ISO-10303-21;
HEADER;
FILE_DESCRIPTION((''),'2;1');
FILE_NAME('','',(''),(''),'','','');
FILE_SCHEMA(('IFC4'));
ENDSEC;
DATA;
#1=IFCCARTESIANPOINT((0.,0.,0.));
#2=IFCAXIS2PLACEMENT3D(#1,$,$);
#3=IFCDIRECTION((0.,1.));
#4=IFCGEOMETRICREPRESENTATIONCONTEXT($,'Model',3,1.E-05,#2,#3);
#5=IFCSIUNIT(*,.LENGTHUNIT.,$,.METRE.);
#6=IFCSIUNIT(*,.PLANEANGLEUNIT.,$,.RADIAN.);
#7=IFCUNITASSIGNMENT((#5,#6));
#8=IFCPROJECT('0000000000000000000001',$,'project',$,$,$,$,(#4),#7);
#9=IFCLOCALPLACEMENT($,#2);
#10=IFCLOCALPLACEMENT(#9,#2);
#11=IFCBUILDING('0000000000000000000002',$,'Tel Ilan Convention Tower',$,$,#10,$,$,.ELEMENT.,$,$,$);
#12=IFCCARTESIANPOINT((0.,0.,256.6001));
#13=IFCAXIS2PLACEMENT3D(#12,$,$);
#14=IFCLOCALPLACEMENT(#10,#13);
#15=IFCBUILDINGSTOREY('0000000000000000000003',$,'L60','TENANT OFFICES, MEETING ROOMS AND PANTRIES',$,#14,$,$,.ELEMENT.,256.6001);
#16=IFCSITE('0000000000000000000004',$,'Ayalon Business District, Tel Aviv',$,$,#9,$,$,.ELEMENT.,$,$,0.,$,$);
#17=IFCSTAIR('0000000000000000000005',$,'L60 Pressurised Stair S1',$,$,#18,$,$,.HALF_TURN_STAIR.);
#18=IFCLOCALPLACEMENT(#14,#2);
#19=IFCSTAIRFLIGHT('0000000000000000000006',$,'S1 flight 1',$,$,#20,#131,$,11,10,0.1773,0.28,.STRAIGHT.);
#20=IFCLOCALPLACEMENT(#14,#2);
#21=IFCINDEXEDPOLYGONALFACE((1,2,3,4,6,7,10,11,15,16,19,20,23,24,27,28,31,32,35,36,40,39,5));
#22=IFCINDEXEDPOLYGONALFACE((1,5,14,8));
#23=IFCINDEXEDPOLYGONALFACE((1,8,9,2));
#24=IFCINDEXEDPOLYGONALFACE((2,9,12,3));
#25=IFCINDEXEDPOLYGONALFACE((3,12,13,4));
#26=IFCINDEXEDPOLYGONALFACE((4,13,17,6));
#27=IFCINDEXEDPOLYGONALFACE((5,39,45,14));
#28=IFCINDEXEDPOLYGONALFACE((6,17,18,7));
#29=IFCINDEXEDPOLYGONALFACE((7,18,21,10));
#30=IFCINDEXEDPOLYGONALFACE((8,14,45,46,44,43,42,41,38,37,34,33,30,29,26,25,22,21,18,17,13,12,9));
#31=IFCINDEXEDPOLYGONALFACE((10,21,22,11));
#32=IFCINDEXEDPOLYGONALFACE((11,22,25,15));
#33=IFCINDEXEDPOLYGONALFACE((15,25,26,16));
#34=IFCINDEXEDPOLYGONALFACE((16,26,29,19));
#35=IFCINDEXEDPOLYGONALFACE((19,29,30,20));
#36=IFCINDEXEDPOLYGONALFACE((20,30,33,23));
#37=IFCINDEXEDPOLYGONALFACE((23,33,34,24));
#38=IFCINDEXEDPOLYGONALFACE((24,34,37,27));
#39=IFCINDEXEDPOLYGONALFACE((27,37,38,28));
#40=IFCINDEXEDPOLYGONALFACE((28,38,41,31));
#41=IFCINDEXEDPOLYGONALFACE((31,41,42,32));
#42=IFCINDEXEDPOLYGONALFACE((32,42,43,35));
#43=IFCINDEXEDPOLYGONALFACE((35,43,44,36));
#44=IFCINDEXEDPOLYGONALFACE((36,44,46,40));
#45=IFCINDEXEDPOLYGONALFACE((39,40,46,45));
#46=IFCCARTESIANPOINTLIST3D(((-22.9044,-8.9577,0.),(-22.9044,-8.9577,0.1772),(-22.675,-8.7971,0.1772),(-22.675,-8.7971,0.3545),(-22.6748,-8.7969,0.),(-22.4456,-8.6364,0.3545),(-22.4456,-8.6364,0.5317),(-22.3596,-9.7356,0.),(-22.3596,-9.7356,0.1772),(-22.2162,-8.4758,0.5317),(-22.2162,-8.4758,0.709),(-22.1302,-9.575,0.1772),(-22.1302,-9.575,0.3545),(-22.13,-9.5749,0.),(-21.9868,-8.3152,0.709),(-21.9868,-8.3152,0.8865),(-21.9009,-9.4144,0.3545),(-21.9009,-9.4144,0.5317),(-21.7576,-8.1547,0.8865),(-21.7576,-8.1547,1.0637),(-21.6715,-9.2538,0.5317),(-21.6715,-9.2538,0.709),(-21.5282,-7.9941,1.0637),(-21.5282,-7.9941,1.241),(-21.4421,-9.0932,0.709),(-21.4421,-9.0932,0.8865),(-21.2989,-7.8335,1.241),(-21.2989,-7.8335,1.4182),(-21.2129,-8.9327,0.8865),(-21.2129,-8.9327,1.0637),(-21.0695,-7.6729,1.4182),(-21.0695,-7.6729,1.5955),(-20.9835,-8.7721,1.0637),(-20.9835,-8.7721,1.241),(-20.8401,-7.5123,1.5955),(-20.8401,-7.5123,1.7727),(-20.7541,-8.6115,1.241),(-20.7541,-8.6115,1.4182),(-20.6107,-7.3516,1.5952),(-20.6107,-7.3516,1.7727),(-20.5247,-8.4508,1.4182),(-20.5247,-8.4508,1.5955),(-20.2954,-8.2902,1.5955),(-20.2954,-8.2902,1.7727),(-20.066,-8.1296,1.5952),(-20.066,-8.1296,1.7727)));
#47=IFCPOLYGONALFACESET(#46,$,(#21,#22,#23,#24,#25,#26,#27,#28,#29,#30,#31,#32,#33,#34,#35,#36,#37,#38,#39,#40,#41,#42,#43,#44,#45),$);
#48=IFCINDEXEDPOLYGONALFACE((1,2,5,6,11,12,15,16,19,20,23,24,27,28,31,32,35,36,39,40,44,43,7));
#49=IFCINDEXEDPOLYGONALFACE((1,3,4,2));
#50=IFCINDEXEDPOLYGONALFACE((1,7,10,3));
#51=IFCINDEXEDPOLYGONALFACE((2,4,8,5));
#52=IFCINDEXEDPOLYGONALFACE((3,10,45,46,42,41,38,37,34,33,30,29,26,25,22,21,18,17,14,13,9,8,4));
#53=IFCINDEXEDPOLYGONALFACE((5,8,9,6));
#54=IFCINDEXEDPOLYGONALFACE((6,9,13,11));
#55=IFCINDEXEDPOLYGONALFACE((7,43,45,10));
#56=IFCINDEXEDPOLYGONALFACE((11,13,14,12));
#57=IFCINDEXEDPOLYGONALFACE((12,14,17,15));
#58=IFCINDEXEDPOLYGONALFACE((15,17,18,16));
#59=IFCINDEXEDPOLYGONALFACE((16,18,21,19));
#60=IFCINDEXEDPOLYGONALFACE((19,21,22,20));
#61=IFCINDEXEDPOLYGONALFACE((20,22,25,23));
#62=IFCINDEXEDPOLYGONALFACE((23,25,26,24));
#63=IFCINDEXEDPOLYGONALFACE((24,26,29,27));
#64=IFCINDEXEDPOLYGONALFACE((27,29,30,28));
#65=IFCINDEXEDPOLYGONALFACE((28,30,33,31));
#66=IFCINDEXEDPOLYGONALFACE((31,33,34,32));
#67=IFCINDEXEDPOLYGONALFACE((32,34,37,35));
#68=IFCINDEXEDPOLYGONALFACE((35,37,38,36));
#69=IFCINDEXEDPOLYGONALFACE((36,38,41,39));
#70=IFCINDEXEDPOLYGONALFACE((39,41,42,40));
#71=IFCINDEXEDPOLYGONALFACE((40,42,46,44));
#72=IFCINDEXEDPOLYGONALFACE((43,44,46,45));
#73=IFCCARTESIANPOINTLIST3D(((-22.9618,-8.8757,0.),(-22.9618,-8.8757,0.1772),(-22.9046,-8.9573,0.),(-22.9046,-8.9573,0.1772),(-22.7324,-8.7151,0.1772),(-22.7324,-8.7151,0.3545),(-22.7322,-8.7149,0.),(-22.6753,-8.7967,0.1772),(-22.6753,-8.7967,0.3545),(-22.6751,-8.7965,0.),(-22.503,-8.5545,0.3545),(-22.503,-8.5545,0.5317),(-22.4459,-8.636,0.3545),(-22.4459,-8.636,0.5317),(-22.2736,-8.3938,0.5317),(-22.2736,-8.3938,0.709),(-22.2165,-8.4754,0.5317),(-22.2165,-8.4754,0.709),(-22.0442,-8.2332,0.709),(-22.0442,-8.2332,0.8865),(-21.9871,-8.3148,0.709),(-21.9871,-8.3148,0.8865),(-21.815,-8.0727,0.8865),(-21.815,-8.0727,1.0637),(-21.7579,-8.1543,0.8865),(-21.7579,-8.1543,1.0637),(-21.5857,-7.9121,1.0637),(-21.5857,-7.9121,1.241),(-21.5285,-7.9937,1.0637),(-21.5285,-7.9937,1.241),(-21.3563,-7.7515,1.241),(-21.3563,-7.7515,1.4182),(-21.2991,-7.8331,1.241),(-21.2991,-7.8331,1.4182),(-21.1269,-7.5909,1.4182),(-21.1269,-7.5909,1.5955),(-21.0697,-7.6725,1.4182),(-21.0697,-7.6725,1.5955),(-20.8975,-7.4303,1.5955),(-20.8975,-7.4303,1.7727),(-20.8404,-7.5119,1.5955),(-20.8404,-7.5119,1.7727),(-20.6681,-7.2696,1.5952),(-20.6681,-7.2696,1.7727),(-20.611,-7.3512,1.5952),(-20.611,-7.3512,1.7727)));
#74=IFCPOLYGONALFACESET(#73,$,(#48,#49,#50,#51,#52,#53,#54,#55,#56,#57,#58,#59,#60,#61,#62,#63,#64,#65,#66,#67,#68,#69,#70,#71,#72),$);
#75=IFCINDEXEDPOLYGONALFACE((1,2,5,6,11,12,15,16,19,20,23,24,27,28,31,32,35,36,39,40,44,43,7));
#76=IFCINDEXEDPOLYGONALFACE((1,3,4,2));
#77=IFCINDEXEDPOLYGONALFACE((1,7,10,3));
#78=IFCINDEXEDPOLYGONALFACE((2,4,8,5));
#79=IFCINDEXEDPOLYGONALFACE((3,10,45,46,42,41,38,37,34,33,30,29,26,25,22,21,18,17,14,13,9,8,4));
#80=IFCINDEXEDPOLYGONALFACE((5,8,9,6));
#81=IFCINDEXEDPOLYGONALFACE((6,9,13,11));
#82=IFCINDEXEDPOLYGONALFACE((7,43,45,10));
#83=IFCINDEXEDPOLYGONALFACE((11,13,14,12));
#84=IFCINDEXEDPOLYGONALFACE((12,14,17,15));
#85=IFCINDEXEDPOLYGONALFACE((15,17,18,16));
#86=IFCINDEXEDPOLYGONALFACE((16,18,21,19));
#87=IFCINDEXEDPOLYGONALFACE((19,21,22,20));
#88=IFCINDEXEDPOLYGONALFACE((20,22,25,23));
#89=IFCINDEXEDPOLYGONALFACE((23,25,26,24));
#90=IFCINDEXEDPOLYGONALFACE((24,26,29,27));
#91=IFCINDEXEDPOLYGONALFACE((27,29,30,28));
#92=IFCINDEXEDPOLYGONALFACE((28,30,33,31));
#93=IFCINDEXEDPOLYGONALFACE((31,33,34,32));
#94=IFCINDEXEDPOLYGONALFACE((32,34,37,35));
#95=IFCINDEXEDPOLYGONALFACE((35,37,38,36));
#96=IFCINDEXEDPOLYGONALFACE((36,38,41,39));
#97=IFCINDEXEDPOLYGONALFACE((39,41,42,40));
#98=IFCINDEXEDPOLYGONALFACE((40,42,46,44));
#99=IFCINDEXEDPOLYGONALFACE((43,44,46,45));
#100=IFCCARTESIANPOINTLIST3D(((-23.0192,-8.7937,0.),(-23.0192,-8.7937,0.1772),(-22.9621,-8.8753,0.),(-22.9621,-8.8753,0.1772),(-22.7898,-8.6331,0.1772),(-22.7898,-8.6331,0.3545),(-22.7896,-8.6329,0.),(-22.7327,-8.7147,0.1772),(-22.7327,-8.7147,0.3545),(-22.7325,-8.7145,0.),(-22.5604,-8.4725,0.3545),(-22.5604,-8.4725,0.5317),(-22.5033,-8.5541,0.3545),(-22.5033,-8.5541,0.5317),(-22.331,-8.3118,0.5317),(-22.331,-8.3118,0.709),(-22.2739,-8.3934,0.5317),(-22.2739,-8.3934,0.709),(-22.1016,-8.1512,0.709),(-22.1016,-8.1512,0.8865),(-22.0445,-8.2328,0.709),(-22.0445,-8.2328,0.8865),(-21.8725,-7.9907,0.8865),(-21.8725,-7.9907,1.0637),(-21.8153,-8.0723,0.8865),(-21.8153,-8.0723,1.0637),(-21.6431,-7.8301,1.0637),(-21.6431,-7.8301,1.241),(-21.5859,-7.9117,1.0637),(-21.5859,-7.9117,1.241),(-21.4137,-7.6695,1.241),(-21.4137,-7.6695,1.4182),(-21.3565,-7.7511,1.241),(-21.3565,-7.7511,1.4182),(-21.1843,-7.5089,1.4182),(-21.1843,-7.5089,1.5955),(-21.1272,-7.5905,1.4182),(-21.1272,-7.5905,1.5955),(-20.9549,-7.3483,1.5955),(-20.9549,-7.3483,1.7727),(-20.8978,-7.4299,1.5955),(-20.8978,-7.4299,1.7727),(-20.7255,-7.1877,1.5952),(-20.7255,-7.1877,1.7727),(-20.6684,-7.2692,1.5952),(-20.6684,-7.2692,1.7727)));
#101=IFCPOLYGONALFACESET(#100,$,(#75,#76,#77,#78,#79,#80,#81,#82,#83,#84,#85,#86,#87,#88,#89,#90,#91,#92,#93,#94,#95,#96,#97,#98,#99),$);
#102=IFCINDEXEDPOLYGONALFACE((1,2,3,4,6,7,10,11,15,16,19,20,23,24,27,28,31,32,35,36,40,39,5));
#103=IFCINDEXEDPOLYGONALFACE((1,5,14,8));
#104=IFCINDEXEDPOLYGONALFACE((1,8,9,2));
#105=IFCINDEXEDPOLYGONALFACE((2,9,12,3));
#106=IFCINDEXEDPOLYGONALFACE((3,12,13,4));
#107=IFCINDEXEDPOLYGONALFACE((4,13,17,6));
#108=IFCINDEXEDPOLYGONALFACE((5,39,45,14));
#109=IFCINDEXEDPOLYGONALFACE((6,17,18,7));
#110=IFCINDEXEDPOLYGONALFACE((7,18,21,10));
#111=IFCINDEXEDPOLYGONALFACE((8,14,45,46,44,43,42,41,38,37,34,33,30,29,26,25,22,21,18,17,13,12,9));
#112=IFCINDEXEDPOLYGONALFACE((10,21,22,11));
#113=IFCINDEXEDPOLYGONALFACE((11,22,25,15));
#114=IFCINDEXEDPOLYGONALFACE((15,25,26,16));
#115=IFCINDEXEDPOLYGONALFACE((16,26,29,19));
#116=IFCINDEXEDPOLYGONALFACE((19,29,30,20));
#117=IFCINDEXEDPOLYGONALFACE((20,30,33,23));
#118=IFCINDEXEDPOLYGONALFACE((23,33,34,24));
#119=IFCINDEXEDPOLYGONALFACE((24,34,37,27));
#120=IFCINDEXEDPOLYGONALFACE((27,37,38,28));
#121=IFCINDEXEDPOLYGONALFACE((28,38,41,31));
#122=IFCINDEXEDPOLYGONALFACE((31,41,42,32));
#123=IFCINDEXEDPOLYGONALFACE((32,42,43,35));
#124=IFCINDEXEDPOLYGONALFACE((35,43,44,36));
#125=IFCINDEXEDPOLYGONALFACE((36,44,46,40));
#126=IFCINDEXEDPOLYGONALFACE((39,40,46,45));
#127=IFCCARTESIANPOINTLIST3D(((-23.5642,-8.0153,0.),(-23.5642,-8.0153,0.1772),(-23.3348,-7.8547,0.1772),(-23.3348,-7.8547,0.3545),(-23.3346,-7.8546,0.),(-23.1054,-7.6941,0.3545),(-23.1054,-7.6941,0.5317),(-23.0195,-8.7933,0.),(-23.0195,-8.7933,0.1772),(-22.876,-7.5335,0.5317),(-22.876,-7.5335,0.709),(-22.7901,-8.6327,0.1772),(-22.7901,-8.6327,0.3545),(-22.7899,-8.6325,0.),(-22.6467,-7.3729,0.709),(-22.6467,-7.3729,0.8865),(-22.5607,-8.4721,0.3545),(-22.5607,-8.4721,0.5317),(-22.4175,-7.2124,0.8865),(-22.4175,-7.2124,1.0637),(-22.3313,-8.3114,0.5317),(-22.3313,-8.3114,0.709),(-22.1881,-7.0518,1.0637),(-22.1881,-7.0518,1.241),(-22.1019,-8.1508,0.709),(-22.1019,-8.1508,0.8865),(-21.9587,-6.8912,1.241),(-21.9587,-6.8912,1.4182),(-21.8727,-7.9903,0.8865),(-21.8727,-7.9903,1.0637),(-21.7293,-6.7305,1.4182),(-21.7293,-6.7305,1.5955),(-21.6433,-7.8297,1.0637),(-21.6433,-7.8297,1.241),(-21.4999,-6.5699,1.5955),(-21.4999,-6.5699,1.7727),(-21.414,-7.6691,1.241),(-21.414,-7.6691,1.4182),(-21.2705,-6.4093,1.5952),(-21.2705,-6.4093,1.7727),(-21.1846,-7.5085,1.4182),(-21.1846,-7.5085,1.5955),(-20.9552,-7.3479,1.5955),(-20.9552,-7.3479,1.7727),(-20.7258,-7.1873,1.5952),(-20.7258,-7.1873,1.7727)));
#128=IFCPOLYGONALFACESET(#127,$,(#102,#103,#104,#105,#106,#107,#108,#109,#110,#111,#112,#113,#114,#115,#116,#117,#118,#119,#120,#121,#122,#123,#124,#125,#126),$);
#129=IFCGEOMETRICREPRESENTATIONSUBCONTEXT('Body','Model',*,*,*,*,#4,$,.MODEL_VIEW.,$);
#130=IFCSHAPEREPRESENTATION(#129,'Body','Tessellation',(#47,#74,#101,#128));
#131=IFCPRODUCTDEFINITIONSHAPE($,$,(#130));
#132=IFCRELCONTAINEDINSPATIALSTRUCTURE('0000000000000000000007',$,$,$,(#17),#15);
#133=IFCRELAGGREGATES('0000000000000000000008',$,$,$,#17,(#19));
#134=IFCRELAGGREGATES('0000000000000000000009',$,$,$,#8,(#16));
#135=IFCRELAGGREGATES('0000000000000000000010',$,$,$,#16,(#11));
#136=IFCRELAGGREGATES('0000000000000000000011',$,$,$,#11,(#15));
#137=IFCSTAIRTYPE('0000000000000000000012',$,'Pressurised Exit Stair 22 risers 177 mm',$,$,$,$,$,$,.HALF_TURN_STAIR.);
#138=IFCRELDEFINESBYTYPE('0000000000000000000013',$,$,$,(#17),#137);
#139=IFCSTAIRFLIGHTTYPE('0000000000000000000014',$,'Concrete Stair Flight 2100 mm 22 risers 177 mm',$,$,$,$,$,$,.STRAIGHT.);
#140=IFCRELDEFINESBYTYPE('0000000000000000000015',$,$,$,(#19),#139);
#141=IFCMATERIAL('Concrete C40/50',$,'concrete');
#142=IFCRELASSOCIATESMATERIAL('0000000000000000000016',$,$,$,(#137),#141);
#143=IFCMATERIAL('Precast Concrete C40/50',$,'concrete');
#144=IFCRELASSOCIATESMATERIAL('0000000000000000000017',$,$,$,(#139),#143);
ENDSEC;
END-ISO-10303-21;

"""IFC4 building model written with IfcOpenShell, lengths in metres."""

from ifc_helpers import new_model, si_unit, direction, frame, origin, place, context, subcontext, project, spatial, polyline, outline, extrude, material, type_object, element, aggregate, save


model = new_model("IFC4")

# Units and contexts
model_context = context("Model", 3, precision=1e-05, world=origin(), true_north=direction((0.0, 1.0)))
body_context = subcontext(model_context, "Body", "Model", "MODEL_VIEW")
ifc_project = project(units=[si_unit("LENGTHUNIT", "METRE"), si_unit("PLANEANGLEUNIT", "RADIAN")], contexts=[model_context])

# Site, building, storey
site_placement = place(None, origin())
site = spatial("IfcSite", under=ifc_project, at=site_placement, Name="Ayalon Business District, Tel Aviv", CompositionType="ELEMENT", RefElevation=0.0)
building_placement = place(site_placement, origin())
building = spatial("IfcBuilding", under=site, at=building_placement, Name="Tel Ilan Convention Tower", CompositionType="ELEMENT")
storey_placement = place(building_placement, frame((0.0, 0.0, 256.6001)))
storey = spatial("IfcBuildingStorey", under=building, at=storey_placement, Name="L60", Description="TENANT OFFICES, MEETING ROOMS AND PANTRIES", CompositionType="ELEMENT", Elevation=256.6001)

# Stair, stair flight
ifc_material_1 = material(Name="Concrete C40/50", Category="concrete")
stair_type = type_object("IfcStairType", Name="Pressurised Exit Stair 22 risers 177 mm", PredefinedType="HALF_TURN_STAIR", material=ifc_material_1)
stair_1_placement = place(storey_placement, origin())
stair_1 = element("IfcStair", 1, at=stair_1_placement, inside=storey, type_object=stair_type, Name="L60 Pressurised Stair S1", PredefinedType="HALF_TURN_STAIR")
ifc_material_2 = material(Name="Precast Concrete C40/50", Category="concrete")
stair_flight_type = type_object("IfcStairFlightType", Name="Concrete Stair Flight 2100 mm 22 risers 177 mm", PredefinedType="STRAIGHT", material=ifc_material_2)
stair_flight_1_placement = place(storey_placement, frame((-22.9619, -8.8755, 0.0), z_axis=(0.0, 0.0, 1.0), x_axis=(0.819152, 0.573576, 0.0)))
stair_flight_1 = element("IfcStairFlight", 2, at=stair_flight_1_placement, type_object=stair_flight_type, Name="S1 flight 1", NumberOfRisers=11, NumberOfTreads=10, PredefinedType="STRAIGHT", RiserHeight=0.1773, TreadLength=0.28, context=body_context, shape_type="SweptSolid", body=[
    extrude(outline(polyline([(0.0, 0.0), (0.0, 0.1772), (0.28, 0.1772), (0.28, 0.3545), (0.5601, 0.3545), (0.5601, 0.5317), (0.8401, 0.5317), (0.8401, 0.709), (1.1201, 0.709), (1.1201, 0.8865), (1.3999, 0.8865), (1.3999, 1.0637), (1.6799, 1.0637), (1.6799, 1.241), (1.96, 1.241), (1.96, 1.4182), (2.24, 1.4182), (2.24, 1.5955), (2.52, 1.5955), (2.52, 1.7727), (2.8, 1.7727), (2.8, 1.95), (2.8, 1.5952), (0.2803, 0.0), (0.0, 0.0)])), frame((0.0, -0.1003, 0.0), z_axis=(0.0, -1.0, 0.0), x_axis=(1.0, 0.0, 0.0)), (0.0, 0.0, 1.0), 0.9497),
    extrude(outline(polyline([(0.0, 0.0), (0.0, 0.1772), (0.28, 0.1772), (0.28, 0.3545), (0.5601, 0.3545), (0.5601, 0.5317), (0.8401, 0.5317), (0.8401, 0.709), (1.1201, 0.709), (1.1201, 0.8865), (1.3999, 0.8865), (1.3999, 1.0637), (1.6799, 1.0637), (1.6799, 1.241), (1.96, 1.241), (1.96, 1.4182), (2.24, 1.4182), (2.24, 1.5955), (2.52, 1.5955), (2.52, 1.7727), (2.8, 1.7727), (2.8, 1.95), (2.8, 1.5952), (0.2803, 0.0), (0.0, 0.0)])), frame((0.0, -0.0002, 0.0), z_axis=(0.0, -1.0, 0.0), x_axis=(1.0, 0.0, 0.0)), (0.0, 0.0, 1.0), 0.0996),
    extrude(outline(polyline([(0.0, 0.0), (0.0, 0.1772), (0.28, 0.1772), (0.28, 0.3545), (0.5601, 0.3545), (0.5601, 0.5317), (0.8401, 0.5317), (0.8401, 0.709), (1.1201, 0.709), (1.1201, 0.8865), (1.3999, 0.8865), (1.3999, 1.0637), (1.6799, 1.0637), (1.6799, 1.241), (1.96, 1.241), (1.96, 1.4182), (2.24, 1.4182), (2.24, 1.5955), (2.52, 1.5955), (2.52, 1.7727), (2.8, 1.7727), (2.8, 1.95), (2.8, 1.5952), (0.2803, 0.0), (0.0, 0.0)])), frame((0.0, 0.0999, 0.0), z_axis=(0.0, -1.0, 0.0), x_axis=(1.0, 0.0, 0.0)), (0.0, 0.0, 1.0), 0.0996),
    extrude(outline(polyline([(0.0, 0.0), (0.0, 0.1772), (0.28, 0.1772), (0.28, 0.3545), (0.5601, 0.3545), (0.5601, 0.5317), (0.8401, 0.5317), (0.8401, 0.709), (1.1201, 0.709), (1.1201, 0.8865), (1.3999, 0.8865), (1.3999, 1.0637), (1.6799, 1.0637), (1.6799, 1.241), (1.96, 1.241), (1.96, 1.4182), (2.24, 1.4182), (2.24, 1.5955), (2.52, 1.5955), (2.52, 1.7727), (2.8, 1.7727), (2.8, 1.95), (2.8, 1.5952), (0.2803, 0.0), (0.0, 0.0)])), frame((0.0, 1.05, 0.0), z_axis=(0.0, -1.0, 0.0), x_axis=(1.0, 0.0, 0.0)), (0.0, 0.0, 1.0), 0.9497),
])
aggregate(stair_1, [stair_flight_1])

save(model, "model.ifc")
